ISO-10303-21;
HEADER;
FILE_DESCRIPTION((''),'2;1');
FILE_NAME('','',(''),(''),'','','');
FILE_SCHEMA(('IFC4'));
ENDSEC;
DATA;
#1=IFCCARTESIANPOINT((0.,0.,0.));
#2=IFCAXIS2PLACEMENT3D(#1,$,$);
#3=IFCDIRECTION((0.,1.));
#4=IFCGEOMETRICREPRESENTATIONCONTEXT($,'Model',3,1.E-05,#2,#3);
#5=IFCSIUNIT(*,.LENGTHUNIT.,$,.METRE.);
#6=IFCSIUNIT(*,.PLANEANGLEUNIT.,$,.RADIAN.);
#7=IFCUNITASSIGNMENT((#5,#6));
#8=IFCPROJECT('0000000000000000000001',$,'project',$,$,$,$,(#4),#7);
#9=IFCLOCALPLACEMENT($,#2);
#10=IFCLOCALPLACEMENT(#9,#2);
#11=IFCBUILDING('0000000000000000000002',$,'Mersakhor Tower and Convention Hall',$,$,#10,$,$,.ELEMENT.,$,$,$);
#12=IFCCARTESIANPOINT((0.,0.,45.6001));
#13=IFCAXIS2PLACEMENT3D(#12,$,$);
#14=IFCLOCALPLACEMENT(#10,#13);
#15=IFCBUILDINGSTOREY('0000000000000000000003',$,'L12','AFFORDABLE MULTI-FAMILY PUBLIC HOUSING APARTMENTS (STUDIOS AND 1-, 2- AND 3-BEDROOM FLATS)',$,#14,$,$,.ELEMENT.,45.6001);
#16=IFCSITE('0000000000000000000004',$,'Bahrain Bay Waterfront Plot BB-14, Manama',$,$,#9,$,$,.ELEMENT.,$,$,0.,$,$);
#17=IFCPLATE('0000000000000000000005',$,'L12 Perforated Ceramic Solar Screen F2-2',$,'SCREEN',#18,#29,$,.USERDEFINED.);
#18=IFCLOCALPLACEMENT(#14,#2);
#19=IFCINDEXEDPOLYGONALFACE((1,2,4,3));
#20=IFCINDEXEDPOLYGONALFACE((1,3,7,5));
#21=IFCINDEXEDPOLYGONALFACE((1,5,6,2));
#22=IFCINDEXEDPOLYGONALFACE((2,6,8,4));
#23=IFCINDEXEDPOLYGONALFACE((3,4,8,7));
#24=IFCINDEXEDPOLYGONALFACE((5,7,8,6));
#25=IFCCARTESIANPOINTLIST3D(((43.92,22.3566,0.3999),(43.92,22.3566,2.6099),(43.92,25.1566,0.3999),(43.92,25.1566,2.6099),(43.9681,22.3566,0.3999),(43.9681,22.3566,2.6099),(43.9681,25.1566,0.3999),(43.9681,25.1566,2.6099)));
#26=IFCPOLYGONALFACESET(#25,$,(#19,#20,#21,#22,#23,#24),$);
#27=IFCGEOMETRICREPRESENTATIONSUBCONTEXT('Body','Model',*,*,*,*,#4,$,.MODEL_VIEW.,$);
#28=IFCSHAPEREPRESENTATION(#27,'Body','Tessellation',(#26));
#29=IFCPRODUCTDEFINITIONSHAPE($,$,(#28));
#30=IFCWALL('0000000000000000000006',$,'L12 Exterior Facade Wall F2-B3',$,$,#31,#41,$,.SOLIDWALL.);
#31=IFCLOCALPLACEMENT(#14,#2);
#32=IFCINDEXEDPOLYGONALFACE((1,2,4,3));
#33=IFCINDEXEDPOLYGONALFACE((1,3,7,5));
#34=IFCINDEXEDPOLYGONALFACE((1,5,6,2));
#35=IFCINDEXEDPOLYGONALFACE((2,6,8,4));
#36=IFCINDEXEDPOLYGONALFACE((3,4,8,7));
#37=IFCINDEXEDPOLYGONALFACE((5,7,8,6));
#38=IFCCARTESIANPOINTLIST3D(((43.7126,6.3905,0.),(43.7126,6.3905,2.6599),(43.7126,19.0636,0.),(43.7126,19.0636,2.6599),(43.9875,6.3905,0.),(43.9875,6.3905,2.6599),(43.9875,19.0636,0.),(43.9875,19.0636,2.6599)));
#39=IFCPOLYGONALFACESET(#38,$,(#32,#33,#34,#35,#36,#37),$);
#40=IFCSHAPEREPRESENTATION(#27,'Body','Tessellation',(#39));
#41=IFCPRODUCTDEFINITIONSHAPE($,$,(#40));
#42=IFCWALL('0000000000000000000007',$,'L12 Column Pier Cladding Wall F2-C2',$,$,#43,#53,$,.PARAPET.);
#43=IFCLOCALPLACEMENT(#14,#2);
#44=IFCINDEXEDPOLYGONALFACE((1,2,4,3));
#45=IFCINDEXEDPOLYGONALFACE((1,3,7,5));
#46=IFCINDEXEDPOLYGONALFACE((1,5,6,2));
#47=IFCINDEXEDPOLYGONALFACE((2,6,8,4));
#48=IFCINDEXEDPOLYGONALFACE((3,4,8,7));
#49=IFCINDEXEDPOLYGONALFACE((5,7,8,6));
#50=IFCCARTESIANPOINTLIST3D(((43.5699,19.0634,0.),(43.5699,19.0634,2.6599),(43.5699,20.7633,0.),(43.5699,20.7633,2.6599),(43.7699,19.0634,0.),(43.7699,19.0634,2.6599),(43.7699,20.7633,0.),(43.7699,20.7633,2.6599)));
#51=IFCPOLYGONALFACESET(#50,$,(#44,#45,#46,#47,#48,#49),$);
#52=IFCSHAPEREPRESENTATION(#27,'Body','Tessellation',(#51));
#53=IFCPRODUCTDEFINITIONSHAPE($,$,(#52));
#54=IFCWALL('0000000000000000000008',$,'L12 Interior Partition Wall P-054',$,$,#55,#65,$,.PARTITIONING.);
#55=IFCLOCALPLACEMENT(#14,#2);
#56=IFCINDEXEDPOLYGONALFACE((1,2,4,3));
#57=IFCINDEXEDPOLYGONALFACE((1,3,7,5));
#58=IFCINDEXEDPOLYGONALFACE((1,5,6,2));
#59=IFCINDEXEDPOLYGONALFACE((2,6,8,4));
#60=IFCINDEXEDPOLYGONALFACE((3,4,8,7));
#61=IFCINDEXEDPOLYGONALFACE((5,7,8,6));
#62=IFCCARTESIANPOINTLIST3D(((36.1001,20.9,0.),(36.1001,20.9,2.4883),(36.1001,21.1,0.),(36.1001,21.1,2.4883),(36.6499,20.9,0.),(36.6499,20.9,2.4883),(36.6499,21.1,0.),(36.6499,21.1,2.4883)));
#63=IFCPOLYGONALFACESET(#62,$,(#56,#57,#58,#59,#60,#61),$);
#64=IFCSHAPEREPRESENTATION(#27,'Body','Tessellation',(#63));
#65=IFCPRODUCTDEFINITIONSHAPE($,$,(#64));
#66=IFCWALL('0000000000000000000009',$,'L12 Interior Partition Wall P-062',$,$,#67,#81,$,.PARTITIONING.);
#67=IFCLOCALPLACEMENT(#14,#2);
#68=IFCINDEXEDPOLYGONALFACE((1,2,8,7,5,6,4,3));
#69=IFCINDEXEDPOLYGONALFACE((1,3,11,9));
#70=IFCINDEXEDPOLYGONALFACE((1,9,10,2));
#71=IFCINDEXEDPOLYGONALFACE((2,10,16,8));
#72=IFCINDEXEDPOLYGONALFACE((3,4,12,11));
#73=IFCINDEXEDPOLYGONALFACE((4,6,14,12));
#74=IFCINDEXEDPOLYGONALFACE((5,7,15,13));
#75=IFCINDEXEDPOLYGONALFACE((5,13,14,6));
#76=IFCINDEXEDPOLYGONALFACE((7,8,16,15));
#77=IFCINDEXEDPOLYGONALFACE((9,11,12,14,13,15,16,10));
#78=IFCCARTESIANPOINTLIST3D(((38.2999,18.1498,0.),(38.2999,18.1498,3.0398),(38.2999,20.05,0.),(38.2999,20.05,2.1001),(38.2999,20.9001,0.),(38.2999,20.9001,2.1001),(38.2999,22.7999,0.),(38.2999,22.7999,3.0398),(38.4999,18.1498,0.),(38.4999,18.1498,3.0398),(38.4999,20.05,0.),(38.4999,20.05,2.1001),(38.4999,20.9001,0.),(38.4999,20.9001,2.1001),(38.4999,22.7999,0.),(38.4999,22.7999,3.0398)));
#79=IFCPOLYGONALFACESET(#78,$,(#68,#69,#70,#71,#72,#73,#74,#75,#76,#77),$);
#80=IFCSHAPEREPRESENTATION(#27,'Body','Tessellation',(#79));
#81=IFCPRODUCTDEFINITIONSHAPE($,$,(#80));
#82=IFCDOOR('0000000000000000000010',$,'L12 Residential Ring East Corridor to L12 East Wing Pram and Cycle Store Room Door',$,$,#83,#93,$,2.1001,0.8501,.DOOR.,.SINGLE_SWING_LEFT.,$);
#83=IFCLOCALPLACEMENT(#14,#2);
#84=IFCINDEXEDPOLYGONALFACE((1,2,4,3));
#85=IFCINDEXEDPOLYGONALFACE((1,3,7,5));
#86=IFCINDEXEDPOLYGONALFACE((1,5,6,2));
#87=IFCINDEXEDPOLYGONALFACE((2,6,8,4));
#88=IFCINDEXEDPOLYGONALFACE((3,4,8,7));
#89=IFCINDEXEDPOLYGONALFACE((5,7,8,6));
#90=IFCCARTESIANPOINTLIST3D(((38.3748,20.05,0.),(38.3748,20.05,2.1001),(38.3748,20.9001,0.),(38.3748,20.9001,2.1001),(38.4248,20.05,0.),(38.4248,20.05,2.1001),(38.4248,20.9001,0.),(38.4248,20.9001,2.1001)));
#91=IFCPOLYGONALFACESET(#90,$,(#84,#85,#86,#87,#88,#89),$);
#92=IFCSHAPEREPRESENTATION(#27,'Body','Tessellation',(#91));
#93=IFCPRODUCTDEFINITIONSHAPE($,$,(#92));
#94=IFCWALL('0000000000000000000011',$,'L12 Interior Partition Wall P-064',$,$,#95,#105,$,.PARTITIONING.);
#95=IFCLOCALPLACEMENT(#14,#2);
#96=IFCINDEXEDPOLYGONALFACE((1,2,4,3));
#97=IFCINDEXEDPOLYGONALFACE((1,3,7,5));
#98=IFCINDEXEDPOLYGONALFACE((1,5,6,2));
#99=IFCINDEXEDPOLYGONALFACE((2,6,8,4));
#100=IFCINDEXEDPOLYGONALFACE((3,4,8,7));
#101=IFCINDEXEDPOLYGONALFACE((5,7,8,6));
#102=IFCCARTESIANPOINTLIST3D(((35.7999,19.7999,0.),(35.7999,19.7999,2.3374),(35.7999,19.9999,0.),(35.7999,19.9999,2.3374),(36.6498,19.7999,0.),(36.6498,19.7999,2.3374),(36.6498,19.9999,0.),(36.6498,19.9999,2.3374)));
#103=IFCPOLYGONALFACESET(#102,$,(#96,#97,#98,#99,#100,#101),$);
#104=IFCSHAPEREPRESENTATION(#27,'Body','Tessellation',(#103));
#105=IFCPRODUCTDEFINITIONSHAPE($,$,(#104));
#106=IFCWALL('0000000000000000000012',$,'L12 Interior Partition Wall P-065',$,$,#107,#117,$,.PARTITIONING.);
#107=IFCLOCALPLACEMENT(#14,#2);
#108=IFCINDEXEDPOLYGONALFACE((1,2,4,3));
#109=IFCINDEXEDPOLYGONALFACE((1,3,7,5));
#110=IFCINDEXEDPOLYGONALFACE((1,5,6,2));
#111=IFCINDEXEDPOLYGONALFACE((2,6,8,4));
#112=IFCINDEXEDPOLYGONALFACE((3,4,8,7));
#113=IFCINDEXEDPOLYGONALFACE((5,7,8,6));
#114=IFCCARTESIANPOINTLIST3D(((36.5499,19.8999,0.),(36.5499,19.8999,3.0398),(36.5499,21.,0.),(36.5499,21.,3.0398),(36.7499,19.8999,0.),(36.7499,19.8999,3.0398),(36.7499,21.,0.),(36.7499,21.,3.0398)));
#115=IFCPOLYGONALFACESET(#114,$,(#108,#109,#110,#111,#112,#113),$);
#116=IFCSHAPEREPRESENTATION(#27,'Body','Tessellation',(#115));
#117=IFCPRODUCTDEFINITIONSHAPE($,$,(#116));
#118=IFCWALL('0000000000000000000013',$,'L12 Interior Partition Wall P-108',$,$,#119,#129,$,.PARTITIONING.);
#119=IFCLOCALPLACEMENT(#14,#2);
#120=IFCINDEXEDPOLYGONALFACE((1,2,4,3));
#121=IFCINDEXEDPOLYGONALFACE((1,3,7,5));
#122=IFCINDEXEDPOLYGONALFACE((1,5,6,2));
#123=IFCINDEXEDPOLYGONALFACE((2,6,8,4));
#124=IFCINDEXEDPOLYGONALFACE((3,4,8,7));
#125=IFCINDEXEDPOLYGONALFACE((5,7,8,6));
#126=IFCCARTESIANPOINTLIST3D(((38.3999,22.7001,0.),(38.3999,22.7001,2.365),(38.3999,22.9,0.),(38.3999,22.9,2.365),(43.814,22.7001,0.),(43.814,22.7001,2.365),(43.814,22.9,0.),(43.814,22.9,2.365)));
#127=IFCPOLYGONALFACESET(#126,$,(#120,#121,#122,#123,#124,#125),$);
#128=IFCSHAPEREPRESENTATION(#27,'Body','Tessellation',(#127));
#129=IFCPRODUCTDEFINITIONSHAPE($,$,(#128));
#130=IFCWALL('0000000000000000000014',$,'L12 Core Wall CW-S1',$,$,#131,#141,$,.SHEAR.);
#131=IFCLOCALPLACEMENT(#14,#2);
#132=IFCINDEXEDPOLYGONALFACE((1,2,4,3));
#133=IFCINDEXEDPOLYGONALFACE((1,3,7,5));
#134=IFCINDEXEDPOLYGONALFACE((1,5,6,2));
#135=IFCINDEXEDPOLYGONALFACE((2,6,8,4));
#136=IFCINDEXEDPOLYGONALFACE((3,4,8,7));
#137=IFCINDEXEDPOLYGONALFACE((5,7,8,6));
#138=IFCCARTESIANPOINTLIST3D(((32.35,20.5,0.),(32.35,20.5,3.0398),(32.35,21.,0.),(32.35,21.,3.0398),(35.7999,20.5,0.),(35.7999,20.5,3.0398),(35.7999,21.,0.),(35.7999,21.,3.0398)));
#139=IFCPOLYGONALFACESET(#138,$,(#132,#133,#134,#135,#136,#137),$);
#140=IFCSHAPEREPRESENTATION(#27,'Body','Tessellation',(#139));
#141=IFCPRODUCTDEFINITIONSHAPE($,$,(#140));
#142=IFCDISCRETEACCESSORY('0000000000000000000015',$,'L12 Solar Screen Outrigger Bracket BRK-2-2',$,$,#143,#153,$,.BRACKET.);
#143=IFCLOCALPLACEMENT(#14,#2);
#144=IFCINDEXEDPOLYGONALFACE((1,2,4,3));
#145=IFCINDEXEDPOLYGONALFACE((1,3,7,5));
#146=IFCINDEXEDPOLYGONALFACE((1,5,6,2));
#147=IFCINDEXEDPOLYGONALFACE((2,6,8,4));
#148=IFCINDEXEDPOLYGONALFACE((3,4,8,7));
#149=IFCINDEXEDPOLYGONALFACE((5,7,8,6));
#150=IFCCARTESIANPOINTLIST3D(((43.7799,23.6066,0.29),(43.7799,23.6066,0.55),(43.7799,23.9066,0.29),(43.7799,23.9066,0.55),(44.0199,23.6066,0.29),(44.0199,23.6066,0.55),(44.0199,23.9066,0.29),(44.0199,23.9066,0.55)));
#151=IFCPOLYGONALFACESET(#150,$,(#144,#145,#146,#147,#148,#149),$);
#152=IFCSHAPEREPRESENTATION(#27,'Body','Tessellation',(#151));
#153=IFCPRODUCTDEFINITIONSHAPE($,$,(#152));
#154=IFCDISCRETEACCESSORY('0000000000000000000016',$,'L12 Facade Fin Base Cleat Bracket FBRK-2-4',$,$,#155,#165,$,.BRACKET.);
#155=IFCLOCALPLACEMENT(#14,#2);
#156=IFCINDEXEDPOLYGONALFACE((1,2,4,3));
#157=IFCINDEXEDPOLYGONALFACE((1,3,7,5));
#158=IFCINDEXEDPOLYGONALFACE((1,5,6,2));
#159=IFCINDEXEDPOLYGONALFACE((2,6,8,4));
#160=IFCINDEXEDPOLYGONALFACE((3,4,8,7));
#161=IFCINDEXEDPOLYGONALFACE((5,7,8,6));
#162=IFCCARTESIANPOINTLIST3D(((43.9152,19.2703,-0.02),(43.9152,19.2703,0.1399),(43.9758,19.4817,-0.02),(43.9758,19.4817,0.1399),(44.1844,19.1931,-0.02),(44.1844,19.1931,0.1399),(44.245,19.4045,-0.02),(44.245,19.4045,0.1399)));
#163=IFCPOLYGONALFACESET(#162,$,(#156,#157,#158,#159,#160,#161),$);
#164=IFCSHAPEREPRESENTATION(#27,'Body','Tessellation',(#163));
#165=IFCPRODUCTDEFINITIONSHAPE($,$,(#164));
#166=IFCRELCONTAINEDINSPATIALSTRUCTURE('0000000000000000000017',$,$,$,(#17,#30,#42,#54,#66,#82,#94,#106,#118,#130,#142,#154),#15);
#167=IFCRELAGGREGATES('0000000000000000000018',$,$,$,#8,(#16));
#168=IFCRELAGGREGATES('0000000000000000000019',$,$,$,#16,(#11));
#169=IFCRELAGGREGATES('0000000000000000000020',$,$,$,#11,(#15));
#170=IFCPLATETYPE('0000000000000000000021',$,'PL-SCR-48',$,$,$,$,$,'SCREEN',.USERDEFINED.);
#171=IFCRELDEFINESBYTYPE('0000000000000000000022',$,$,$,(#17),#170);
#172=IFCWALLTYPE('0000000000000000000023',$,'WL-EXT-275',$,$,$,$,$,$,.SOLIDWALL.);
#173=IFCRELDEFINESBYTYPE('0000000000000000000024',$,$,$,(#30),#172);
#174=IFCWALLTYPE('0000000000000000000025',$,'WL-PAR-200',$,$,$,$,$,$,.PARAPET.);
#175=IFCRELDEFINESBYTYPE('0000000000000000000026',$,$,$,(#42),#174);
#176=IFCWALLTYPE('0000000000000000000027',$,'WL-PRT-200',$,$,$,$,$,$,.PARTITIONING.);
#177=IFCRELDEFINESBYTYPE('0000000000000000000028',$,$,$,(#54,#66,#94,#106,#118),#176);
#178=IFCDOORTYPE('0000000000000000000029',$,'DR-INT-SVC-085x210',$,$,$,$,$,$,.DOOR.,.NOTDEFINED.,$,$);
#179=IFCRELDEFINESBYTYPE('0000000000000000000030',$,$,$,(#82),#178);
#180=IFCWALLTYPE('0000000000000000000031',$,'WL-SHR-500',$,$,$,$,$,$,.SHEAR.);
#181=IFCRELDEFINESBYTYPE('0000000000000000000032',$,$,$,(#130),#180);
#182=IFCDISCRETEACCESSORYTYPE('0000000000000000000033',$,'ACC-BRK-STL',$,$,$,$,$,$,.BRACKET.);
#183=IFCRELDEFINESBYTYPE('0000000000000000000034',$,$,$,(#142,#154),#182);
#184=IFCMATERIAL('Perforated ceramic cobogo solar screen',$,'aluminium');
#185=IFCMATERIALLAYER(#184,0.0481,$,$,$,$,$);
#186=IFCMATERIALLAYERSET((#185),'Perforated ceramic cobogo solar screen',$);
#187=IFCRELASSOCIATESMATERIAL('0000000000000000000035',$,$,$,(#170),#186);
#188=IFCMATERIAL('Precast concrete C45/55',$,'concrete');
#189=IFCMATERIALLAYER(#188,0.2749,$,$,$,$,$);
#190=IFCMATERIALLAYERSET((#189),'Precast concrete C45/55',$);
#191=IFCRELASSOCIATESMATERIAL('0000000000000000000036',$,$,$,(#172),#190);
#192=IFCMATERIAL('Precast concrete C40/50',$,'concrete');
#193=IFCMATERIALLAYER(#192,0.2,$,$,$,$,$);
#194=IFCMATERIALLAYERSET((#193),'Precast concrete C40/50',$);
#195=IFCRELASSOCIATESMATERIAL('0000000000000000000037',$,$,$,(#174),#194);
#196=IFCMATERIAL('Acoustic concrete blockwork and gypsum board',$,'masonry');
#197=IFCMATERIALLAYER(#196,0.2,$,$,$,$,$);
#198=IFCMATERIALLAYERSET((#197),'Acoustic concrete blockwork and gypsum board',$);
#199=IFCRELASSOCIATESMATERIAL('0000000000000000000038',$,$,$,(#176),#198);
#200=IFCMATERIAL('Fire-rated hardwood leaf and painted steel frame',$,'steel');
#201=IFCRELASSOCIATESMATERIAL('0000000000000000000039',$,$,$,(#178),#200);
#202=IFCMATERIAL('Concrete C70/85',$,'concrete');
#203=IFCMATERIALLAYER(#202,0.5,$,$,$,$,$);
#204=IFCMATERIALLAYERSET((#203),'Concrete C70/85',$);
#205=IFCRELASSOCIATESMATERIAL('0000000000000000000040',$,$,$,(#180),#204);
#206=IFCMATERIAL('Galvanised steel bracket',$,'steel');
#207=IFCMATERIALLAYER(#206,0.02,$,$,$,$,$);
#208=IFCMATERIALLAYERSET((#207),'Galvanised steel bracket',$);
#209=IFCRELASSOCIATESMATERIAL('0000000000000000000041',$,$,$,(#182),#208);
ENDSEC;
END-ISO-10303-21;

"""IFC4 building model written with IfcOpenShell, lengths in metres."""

from ifc_helpers import new_model, si_unit, direction, frame, frame_2d, origin, origin_2d, place, context, subcontext, project, spatial, rectangle, extrude, material, layer, layer_set, type_object, element, fill, save


model = new_model("IFC4")

# Units and contexts
model_context = context("Model", 3, precision=1e-05, world=origin(), true_north=direction((0.0, 1.0)))
body_context = subcontext(model_context, "Body", "Model", "MODEL_VIEW")
ifc_project = project(units=[si_unit("LENGTHUNIT", "METRE"), si_unit("PLANEANGLEUNIT", "RADIAN")], contexts=[model_context])

# Site, building, storey
site_placement = place(None, origin())
site = spatial("IfcSite", under=ifc_project, at=site_placement, Name="Bahrain Bay Waterfront Plot BB-14, Manama", CompositionType="ELEMENT", RefElevation=0.0)
building_placement = place(site_placement, origin())
building = spatial("IfcBuilding", under=site, at=building_placement, Name="Mersakhor Tower and Convention Hall", CompositionType="ELEMENT")
storey_placement = place(building_placement, frame((0.0, 0.0, 45.6001)))
storey = spatial("IfcBuildingStorey", under=building, at=storey_placement, Name="L12", Description="AFFORDABLE MULTI-FAMILY PUBLIC HOUSING APARTMENTS (STUDIOS AND 1-, 2- AND 3-BEDROOM FLATS)", CompositionType="ELEMENT", Elevation=45.6001)

# Plate
ifc_material_1 = material(Name="Perforated ceramic cobogo solar screen", Category="aluminium")
ifc_layer_1 = layer(ifc_material_1, 0.0481)
ifc_layer_set_1 = layer_set([ifc_layer_1], Name="Perforated ceramic cobogo solar screen")
plate_type_1 = type_object("IfcPlateType", Name="PL-SCR-48", ElementType="SCREEN", PredefinedType="USERDEFINED", material=ifc_layer_set_1)
plate_1_placement = place(storey_placement, frame((43.9441, 23.7566, 0.3999), z_axis=(0.0, 0.0, 1.0), x_axis=(0.0, -1.0, 0.0)))
element("IfcPlate", 1, at=plate_1_placement, inside=storey, type_object=plate_type_1, Name="L12 Perforated Ceramic Solar Screen F2-2", ObjectType="SCREEN", PredefinedType="USERDEFINED", context=body_context, shape_type="SweptSolid", body=[
    extrude(rectangle(XDim=2.8, YDim=0.0481, at=origin_2d()), origin(), (0.0, 0.0, 1.0), 2.21),
])

# Walls
ifc_material_2 = material(Name="Precast concrete C45/55", Category="concrete")
ifc_layer_2 = layer(ifc_material_2, 0.2749)
ifc_layer_set_2 = layer_set([ifc_layer_2], Name="Precast concrete C45/55")
wall_type_1 = type_object("IfcWallType", Name="WL-EXT-275", PredefinedType="SOLIDWALL", material=ifc_layer_set_2)
wall_1_placement = place(storey_placement, frame((43.8501, 19.0635, 0.0), z_axis=(0.0, 0.0, 1.0), x_axis=(0.0, -1.0, 0.0)))
element("IfcWall", 2, at=wall_1_placement, inside=storey, type_object=wall_type_1, Name="L12 Exterior Facade Wall F2-B3", PredefinedType="SOLIDWALL", context=body_context, shape_type="SweptSolid", body=[
    extrude(rectangle(XDim=12.6731, YDim=0.2749, at=frame_2d((6.3364, 0.0))), origin(), (0.0, 0.0, 1.0), 2.6599),
])
ifc_material_3 = material(Name="Precast concrete C40/50", Category="concrete")
ifc_layer_3 = layer(ifc_material_3, 0.2)
ifc_layer_set_3 = layer_set([ifc_layer_3], Name="Precast concrete C40/50")
wall_type_2 = type_object("IfcWallType", Name="WL-PAR-200", PredefinedType="PARAPET", material=ifc_layer_set_3)
wall_2_placement = place(storey_placement, frame((43.6699, 20.7634, 0.0), z_axis=(0.0, 0.0, 1.0), x_axis=(0.0, -1.0, 0.0)))
element("IfcWall", 3, at=wall_2_placement, inside=storey, type_object=wall_type_2, Name="L12 Column Pier Cladding Wall F2-C2", PredefinedType="PARAPET", context=body_context, shape_type="SweptSolid", body=[
    extrude(rectangle(XDim=1.7, YDim=0.2, at=frame_2d((0.8501, 0.0))), origin(), (0.0, 0.0, 1.0), 2.6599),
])

# Shared definitions
ifc_material_4 = material(Name="Acoustic concrete blockwork and gypsum board", Category="masonry")
ifc_layer_4 = layer(ifc_material_4, 0.2)
ifc_layer_set_4 = layer_set([ifc_layer_4], Name="Acoustic concrete blockwork and gypsum board")
wall_type_3 = type_object("IfcWallType", Name="WL-PRT-200", PredefinedType="PARTITIONING", material=ifc_layer_set_4)

# Wall
wall_3_placement = place(storey_placement, frame((36.6499, 21.0, 0.0), z_axis=(0.0, 0.0, 1.0), x_axis=(-1.0, 0.0, 0.0)))
element("IfcWall", 4, at=wall_3_placement, inside=storey, type_object=wall_type_3, Name="L12 Interior Partition Wall P-054", PredefinedType="PARTITIONING", context=body_context, shape_type="SweptSolid", body=[
    extrude(rectangle(XDim=0.5498, YDim=0.2, at=frame_2d((0.2749, 0.0))), origin(), (0.0, 0.0, 1.0), 2.4883),
])

# Wall, opening, door
wall_4_placement = place(storey_placement, frame((38.3999, 22.8, 0.0), z_axis=(0.0, 0.0, 1.0), x_axis=(0.0, -1.0, 0.0)))
wall_4 = element("IfcWall", 5, at=wall_4_placement, inside=storey, type_object=wall_type_3, Name="L12 Interior Partition Wall P-062", PredefinedType="PARTITIONING", context=body_context, shape_type="SweptSolid", body=[
    extrude(rectangle(XDim=4.6501, YDim=0.2, at=frame_2d((2.3252, 0.0))), origin(), (0.0, 0.0, 1.0), 3.0398),
])
opening_1_placement = place(wall_4_placement, frame((1.8999, 0.0, 0.0)))
opening_1 = element("IfcOpeningElement", 6, at=opening_1_placement, cuts=wall_4, PredefinedType="OPENING", context=body_context, shape_type="SweptSolid", body=[
    extrude(rectangle(XDim=0.8501, YDim=2.1001, at=frame_2d((0.425, 1.05))), frame((0.0, 0.1099, 0.0), z_axis=(0.0, -1.0, 0.0), x_axis=(1.0, 0.0, 0.0)), (0.0, 0.0, 1.0), 0.22),
])
ifc_material_5 = material(Name="Fire-rated hardwood leaf and painted steel frame", Category="steel")
door_type_1 = type_object("IfcDoorType", Name="DR-INT-SVC-085x210", OperationType="NOTDEFINED", PredefinedType="DOOR", material=ifc_material_5)
door_1_placement = place(opening_1_placement, origin())
door_1 = element("IfcDoor", 7, at=door_1_placement, inside=storey, type_object=door_type_1, Name="L12 Residential Ring East Corridor to L12 East Wing Pram and Cycle Store Room Door", OperationType="SINGLE_SWING_LEFT", OverallHeight=2.1001, OverallWidth=0.8501, PredefinedType="DOOR", context=body_context, shape_type="SweptSolid", body=[
    extrude(rectangle(XDim=0.8501, YDim=2.1001, at=frame_2d((0.425, 1.05))), frame((0.0, 0.0249, 0.0), z_axis=(0.0, -1.0, 0.0), x_axis=(1.0, 0.0, 0.0)), (0.0, 0.0, 1.0), 0.05),
])
fill(opening_1, door_1)

# Walls
wall_5_placement = place(storey_placement, frame((35.8, 19.8999, 0.0), z_axis=(0.0, 0.0, 1.0), x_axis=(1.0, 0.0, 0.0)))
element("IfcWall", 8, at=wall_5_placement, inside=storey, type_object=wall_type_3, Name="L12 Interior Partition Wall P-064", PredefinedType="PARTITIONING", context=body_context, shape_type="SweptSolid", body=[
    extrude(rectangle(XDim=0.8499, YDim=0.2, at=frame_2d((0.4248, 0.0))), origin(), (0.0, 0.0, 1.0), 2.3374),
])
wall_6_placement = place(storey_placement, frame((36.6499, 19.8999, 0.0), z_axis=(0.0, 0.0, 1.0), x_axis=(0.0, 1.0, 0.0)))
element("IfcWall", 9, at=wall_6_placement, inside=storey, type_object=wall_type_3, Name="L12 Interior Partition Wall P-065", PredefinedType="PARTITIONING", context=body_context, shape_type="SweptSolid", body=[
    extrude(rectangle(XDim=1.1001, YDim=0.2, at=frame_2d((0.55, 0.0))), origin(), (0.0, 0.0, 1.0), 3.0398),
])
wall_7_placement = place(storey_placement, frame((43.814, 22.8, 0.0), z_axis=(0.0, 0.0, 1.0), x_axis=(-1.0, 0.0, 0.0)))
element("IfcWall", 10, at=wall_7_placement, inside=storey, type_object=wall_type_3, Name="L12 Interior Partition Wall P-108", PredefinedType="PARTITIONING", context=body_context, shape_type="SweptSolid", body=[
    extrude(rectangle(XDim=5.4141, YDim=0.2, at=frame_2d((2.707, 0.0))), origin(), (0.0, 0.0, 1.0), 2.365),
])
ifc_material_6 = material(Name="Concrete C70/85", Category="concrete")
ifc_layer_5 = layer(ifc_material_6, 0.5)
ifc_layer_set_5 = layer_set([ifc_layer_5], Name="Concrete C70/85")
wall_type_4 = type_object("IfcWallType", Name="WL-SHR-500", PredefinedType="SHEAR", material=ifc_layer_set_5)
wall_8_placement = place(storey_placement, frame((35.8, 20.75, 0.0), z_axis=(0.0, 0.0, 1.0), x_axis=(-1.0, 0.0, 0.0)))
element("IfcWall", 11, at=wall_8_placement, inside=storey, type_object=wall_type_4, Name="L12 Core Wall CW-S1", PredefinedType="SHEAR", context=body_context, shape_type="SweptSolid", body=[
    extrude(rectangle(XDim=3.45, YDim=0.5, at=frame_2d((1.7251, 0.0))), origin(), (0.0, 0.0, 1.0), 3.0398),
])

# Discrete accessories
ifc_material_7 = material(Name="Galvanised steel bracket", Category="steel")
ifc_layer_6 = layer(ifc_material_7, 0.02)
ifc_layer_set_6 = layer_set([ifc_layer_6], Name="Galvanised steel bracket")
discrete_accessory_type = type_object("IfcDiscreteAccessoryType", Name="ACC-BRK-STL", PredefinedType="BRACKET", material=ifc_layer_set_6)
discrete_accessory_1_placement = place(storey_placement, frame((43.8999, 23.7566, 0.29), z_axis=(0.0, 0.0, 1.0), x_axis=(0.0, -1.0, 0.0)))
element("IfcDiscreteAccessory", 12, at=discrete_accessory_1_placement, inside=storey, type_object=discrete_accessory_type, Name="L12 Solar Screen Outrigger Bracket BRK-2-2", PredefinedType="BRACKET", context=body_context, shape_type="SweptSolid", body=[
    extrude(rectangle(XDim=0.3, YDim=0.24, at=origin_2d()), origin(), (0.0, 0.0, 1.0), 0.26),
])
discrete_accessory_2_placement = place(storey_placement, frame((44.0801, 19.3374, -0.02), z_axis=(0.0, 0.0, 1.0), x_axis=(0.961262, -0.275637, 0.0)))
element("IfcDiscreteAccessory", 13, at=discrete_accessory_2_placement, inside=storey, type_object=discrete_accessory_type, Name="L12 Facade Fin Base Cleat Bracket FBRK-2-4", PredefinedType="BRACKET", context=body_context, shape_type="SweptSolid", body=[
    extrude(rectangle(XDim=0.28, YDim=0.22, at=origin_2d()), origin(), (0.0, 0.0, 1.0), 0.1599),
])

save(model, "model.ifc")
